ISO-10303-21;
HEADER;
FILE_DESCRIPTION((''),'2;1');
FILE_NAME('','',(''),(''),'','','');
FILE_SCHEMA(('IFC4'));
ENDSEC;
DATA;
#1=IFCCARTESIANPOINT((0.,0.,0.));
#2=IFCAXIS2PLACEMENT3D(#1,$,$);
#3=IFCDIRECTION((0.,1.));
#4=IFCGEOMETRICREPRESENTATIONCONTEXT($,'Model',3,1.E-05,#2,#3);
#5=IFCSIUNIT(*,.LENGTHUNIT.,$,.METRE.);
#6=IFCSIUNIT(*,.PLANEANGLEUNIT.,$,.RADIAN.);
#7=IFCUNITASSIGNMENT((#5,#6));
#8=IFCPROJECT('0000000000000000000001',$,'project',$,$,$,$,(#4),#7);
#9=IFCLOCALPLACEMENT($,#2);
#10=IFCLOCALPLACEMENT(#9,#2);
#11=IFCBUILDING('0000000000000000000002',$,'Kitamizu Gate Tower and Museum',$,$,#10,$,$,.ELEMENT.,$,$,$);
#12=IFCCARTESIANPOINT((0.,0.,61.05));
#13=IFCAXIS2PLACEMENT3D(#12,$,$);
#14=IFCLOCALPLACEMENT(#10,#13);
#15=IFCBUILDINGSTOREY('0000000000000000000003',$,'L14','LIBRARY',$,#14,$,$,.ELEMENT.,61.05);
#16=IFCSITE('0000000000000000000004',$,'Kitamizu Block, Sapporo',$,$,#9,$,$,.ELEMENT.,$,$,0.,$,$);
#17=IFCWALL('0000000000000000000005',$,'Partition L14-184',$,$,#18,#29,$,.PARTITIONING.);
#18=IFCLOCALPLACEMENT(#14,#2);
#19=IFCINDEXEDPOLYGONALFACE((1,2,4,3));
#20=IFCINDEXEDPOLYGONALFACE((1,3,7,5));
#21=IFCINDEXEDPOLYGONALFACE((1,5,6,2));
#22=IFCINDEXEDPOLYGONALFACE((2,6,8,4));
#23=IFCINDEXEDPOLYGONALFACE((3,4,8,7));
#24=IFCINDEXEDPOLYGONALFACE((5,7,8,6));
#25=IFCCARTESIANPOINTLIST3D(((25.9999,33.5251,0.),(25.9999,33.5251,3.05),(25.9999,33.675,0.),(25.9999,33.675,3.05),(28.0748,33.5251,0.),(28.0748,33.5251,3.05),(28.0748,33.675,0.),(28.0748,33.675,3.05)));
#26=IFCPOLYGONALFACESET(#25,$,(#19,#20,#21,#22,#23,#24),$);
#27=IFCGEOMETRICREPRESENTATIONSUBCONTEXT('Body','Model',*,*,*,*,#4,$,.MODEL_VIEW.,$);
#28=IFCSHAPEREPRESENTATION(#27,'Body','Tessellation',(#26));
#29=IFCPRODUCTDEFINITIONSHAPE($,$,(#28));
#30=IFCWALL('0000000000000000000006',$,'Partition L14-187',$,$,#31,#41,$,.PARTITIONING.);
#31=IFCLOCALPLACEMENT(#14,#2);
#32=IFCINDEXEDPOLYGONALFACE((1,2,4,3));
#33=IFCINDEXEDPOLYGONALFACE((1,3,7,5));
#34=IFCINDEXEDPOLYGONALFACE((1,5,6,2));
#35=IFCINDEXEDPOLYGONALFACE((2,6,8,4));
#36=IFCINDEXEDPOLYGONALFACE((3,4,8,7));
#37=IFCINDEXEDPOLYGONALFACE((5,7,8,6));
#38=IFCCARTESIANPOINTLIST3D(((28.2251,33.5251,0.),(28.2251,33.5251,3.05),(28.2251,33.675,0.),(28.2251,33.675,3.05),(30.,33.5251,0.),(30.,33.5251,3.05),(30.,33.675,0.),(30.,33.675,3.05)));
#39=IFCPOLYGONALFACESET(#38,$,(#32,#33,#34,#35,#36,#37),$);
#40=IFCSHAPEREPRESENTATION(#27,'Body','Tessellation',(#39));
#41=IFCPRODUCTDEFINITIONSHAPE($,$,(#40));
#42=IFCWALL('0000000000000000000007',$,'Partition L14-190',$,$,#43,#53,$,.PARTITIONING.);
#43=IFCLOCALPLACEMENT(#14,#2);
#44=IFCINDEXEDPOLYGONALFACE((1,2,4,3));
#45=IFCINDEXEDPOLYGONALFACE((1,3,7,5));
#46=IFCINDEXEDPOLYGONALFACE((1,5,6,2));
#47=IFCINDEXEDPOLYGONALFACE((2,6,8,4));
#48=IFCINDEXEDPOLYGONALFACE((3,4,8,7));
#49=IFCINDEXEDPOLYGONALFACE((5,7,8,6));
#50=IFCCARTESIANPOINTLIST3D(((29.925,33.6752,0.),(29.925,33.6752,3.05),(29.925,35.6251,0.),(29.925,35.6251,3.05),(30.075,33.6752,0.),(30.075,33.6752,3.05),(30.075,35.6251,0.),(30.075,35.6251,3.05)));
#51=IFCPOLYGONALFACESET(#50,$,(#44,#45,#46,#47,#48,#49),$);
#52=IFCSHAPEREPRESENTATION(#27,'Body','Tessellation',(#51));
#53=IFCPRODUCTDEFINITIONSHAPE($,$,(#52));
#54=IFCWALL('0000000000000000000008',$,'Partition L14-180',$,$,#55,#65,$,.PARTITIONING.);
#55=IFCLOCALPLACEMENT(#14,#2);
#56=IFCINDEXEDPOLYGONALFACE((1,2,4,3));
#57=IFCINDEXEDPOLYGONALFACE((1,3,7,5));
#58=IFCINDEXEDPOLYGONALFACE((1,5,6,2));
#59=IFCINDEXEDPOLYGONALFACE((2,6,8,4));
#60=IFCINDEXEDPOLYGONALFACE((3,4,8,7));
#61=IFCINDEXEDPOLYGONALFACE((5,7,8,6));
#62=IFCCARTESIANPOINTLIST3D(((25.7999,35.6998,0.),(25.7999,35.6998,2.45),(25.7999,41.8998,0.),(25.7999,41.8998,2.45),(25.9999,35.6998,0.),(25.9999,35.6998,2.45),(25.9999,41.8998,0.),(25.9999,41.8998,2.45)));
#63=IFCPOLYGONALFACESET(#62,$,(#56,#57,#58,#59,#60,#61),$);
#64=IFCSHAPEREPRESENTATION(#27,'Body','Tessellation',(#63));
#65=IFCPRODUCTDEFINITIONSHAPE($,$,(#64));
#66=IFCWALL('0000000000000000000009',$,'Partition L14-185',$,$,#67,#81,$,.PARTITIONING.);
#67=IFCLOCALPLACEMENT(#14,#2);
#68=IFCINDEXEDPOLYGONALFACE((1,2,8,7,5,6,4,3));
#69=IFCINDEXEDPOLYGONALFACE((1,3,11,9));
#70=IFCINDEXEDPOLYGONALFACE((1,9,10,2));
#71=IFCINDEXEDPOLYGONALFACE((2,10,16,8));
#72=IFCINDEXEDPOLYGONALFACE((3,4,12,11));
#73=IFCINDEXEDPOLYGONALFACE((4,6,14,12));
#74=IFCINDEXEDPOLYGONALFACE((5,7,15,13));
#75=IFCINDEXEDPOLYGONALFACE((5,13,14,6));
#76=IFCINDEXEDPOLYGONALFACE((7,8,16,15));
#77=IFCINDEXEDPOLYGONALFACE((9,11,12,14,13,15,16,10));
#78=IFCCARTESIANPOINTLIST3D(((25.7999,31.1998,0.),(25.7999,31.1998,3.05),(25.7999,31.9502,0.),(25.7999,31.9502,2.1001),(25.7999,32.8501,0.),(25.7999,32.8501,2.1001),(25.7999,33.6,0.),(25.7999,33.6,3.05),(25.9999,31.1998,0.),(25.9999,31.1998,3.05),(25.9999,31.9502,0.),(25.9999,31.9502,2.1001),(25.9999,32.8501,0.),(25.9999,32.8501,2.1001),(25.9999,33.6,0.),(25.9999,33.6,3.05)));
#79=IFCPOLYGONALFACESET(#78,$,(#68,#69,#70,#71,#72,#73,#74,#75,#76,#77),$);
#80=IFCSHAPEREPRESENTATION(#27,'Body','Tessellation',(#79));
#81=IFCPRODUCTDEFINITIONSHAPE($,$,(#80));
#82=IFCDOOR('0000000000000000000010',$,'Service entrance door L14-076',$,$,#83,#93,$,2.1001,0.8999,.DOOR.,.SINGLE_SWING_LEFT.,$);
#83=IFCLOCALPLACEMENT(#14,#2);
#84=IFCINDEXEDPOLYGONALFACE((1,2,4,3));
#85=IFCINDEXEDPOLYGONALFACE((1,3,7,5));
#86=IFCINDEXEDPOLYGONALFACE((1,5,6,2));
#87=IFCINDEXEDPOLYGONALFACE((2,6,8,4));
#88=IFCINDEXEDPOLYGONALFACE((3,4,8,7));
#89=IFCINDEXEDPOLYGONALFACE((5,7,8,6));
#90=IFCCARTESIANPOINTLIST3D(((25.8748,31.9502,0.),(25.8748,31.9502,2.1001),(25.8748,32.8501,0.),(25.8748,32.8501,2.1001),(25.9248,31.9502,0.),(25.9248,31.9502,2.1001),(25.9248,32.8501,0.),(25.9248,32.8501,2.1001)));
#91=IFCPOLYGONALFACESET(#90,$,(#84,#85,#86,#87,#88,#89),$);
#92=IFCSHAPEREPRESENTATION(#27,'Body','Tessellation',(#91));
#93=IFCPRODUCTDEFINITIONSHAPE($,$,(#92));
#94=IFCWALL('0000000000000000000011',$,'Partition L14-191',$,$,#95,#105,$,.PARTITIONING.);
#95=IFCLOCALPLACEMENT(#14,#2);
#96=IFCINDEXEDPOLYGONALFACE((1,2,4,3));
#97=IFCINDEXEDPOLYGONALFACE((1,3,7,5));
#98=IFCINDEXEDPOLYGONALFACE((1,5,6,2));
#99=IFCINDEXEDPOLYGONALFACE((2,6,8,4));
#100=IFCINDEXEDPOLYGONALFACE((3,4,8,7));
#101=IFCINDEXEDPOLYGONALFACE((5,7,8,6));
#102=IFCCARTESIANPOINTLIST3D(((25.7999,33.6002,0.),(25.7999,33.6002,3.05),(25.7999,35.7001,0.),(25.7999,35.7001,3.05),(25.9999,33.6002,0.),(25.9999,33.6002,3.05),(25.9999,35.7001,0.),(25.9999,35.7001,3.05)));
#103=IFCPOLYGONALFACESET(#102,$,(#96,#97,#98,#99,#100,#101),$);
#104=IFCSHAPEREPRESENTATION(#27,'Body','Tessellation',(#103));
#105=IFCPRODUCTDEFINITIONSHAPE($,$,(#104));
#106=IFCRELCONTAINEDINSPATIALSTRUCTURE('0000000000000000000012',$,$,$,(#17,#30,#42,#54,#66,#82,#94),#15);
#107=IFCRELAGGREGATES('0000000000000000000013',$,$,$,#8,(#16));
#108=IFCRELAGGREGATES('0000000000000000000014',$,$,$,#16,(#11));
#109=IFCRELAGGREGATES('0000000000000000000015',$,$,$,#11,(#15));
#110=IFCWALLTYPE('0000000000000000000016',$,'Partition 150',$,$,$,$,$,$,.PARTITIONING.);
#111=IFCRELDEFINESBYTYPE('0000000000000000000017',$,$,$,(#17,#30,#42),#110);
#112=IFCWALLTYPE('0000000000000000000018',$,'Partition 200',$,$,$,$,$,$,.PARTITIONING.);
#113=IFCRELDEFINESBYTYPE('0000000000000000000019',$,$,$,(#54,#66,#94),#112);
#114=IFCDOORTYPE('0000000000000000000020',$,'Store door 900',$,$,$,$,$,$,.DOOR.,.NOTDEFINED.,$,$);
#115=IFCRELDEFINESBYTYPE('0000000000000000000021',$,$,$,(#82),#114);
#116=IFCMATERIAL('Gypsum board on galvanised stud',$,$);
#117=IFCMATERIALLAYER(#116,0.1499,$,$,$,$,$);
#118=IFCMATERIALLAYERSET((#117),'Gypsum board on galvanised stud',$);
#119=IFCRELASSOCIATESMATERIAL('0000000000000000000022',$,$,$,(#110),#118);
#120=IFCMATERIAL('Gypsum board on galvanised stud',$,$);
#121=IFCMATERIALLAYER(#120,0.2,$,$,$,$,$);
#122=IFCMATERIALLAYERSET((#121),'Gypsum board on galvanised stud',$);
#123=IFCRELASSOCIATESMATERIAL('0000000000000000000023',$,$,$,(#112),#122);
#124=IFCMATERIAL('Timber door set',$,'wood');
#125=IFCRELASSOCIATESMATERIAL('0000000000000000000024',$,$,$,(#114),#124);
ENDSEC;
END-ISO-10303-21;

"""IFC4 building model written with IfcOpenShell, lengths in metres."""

from ifc_helpers import new_model, si_unit, direction, frame, frame_2d, origin, place, context, subcontext, project, spatial, rectangle, extrude, material, layer, layer_set, type_object, element, fill, save


model = new_model("IFC4")

# Units and contexts
model_context = context("Model", 3, precision=1e-05, world=origin(), true_north=direction((0.0, 1.0)))
body_context = subcontext(model_context, "Body", "Model", "MODEL_VIEW")
ifc_project = project(units=[si_unit("LENGTHUNIT", "METRE"), si_unit("PLANEANGLEUNIT", "RADIAN")], contexts=[model_context])

# Site, building, storey
site_placement = place(None, origin())
site = spatial("IfcSite", under=ifc_project, at=site_placement, Name="Kitamizu Block, Sapporo", CompositionType="ELEMENT", RefElevation=0.0)
building_placement = place(site_placement, origin())
building = spatial("IfcBuilding", under=site, at=building_placement, Name="Kitamizu Gate Tower and Museum", CompositionType="ELEMENT")
storey_placement = place(building_placement, frame((0.0, 0.0, 61.05)))
storey = spatial("IfcBuildingStorey", under=building, at=storey_placement, Name="L14", Description="LIBRARY", CompositionType="ELEMENT", Elevation=61.05)

# Shared definitions
ifc_material_1 = material(Name="Gypsum board on galvanised stud")
ifc_layer_1 = layer(ifc_material_1, 0.1499)
ifc_layer_set_1 = layer_set([ifc_layer_1], Name="Gypsum board on galvanised stud")
wall_type_1 = type_object("IfcWallType", Name="Partition 150", PredefinedType="PARTITIONING", material=ifc_layer_set_1)

# Walls
wall_1_placement = place(storey_placement, frame((28.075, 33.6001, 0.0), z_axis=(0.0, 0.0, 1.0), x_axis=(-1.0, 0.0, 0.0)))
element("IfcWall", 1, at=wall_1_placement, inside=storey, type_object=wall_type_1, Name="Partition L14-184", PredefinedType="PARTITIONING", context=body_context, shape_type="SweptSolid", body=[
    extrude(rectangle(XDim=2.075, YDim=0.1499, at=frame_2d((1.0376, 0.0))), origin(), (0.0, 0.0, 1.0), 3.05),
])
wall_2_placement = place(storey_placement, frame((30.0, 33.6001, 0.0), z_axis=(0.0, 0.0, 1.0), x_axis=(-1.0, 0.0, 0.0)))
element("IfcWall", 2, at=wall_2_placement, inside=storey, type_object=wall_type_1, Name="Partition L14-187", PredefinedType="PARTITIONING", context=body_context, shape_type="SweptSolid", body=[
    extrude(rectangle(XDim=1.7749, YDim=0.1499, at=frame_2d((0.8875, 0.0))), origin(), (0.0, 0.0, 1.0), 3.05),
])
wall_3_placement = place(storey_placement, frame((30.0, 33.675, 0.0), z_axis=(0.0, 0.0, 1.0), x_axis=(0.0, 1.0, 0.0)))
element("IfcWall", 3, at=wall_3_placement, inside=storey, type_object=wall_type_1, Name="Partition L14-190", PredefinedType="PARTITIONING", context=body_context, shape_type="SweptSolid", body=[
    extrude(rectangle(XDim=1.95, YDim=0.1499, at=frame_2d((0.9751, 0.0))), origin(), (0.0, 0.0, 1.0), 3.05),
])
ifc_material_2 = material(Name="Gypsum board on galvanised stud")
ifc_layer_2 = layer(ifc_material_2, 0.2)
ifc_layer_set_2 = layer_set([ifc_layer_2], Name="Gypsum board on galvanised stud")
wall_type_2 = type_object("IfcWallType", Name="Partition 200", PredefinedType="PARTITIONING", material=ifc_layer_set_2)
wall_4_placement = place(storey_placement, frame((25.8999, 41.8999, 0.0), z_axis=(0.0, 0.0, 1.0), x_axis=(0.0, -1.0, 0.0)))
element("IfcWall", 4, at=wall_4_placement, inside=storey, type_object=wall_type_2, Name="Partition L14-180", PredefinedType="PARTITIONING", context=body_context, shape_type="SweptSolid", body=[
    extrude(rectangle(XDim=6.2, YDim=0.2, at=frame_2d((3.1001, 0.0))), origin(), (0.0, 0.0, 1.0), 2.45),
])

# Wall, opening, door
wall_5_placement = place(storey_placement, frame((25.8999, 33.6001, 0.0), z_axis=(0.0, 0.0, 1.0), x_axis=(0.0, -1.0, 0.0)))
wall_5 = element("IfcWall", 5, at=wall_5_placement, inside=storey, type_object=wall_type_2, Name="Partition L14-185", PredefinedType="PARTITIONING", context=body_context, shape_type="SweptSolid", body=[
    extrude(rectangle(XDim=2.4001, YDim=0.2, at=frame_2d((1.2002, 0.0))), origin(), (0.0, 0.0, 1.0), 3.05),
])
opening_1_placement = place(wall_5_placement, frame((0.75, 0.0, 0.0)))
opening_1 = element("IfcOpeningElement", 6, at=opening_1_placement, cuts=wall_5, PredefinedType="OPENING", context=body_context, shape_type="SweptSolid", body=[
    extrude(rectangle(XDim=0.8999, YDim=2.1001, at=frame_2d((0.45, 1.05))), frame((0.0, 0.1099, 0.0), z_axis=(0.0, -1.0, 0.0), x_axis=(1.0, 0.0, 0.0)), (0.0, 0.0, 1.0), 0.22),
])
ifc_material_3 = material(Name="Timber door set", Category="wood")
door_type_1 = type_object("IfcDoorType", Name="Store door 900", OperationType="NOTDEFINED", PredefinedType="DOOR", material=ifc_material_3)
door_1_placement = place(opening_1_placement, origin())
door_1 = element("IfcDoor", 7, at=door_1_placement, inside=storey, type_object=door_type_1, Name="Service entrance door L14-076", OperationType="SINGLE_SWING_LEFT", OverallHeight=2.1001, OverallWidth=0.8999, PredefinedType="DOOR", context=body_context, shape_type="SweptSolid", body=[
    extrude(rectangle(XDim=0.8999, YDim=2.1001, at=frame_2d((0.45, 1.05))), frame((0.0, 0.0249, 0.0), z_axis=(0.0, -1.0, 0.0), x_axis=(1.0, 0.0, 0.0)), (0.0, 0.0, 1.0), 0.05),
])
fill(opening_1, door_1)

# Wall
wall_6_placement = place(storey_placement, frame((25.8999, 35.7, 0.0), z_axis=(0.0, 0.0, 1.0), x_axis=(0.0, -1.0, 0.0)))
element("IfcWall", 8, at=wall_6_placement, inside=storey, type_object=wall_type_2, Name="Partition L14-191", PredefinedType="PARTITIONING", context=body_context, shape_type="SweptSolid", body=[
    extrude(rectangle(XDim=2.0999, YDim=0.2, at=frame_2d((1.0498, 0.0))), origin(), (0.0, 0.0, 1.0), 3.05),
])

save(model, "model.ifc")
